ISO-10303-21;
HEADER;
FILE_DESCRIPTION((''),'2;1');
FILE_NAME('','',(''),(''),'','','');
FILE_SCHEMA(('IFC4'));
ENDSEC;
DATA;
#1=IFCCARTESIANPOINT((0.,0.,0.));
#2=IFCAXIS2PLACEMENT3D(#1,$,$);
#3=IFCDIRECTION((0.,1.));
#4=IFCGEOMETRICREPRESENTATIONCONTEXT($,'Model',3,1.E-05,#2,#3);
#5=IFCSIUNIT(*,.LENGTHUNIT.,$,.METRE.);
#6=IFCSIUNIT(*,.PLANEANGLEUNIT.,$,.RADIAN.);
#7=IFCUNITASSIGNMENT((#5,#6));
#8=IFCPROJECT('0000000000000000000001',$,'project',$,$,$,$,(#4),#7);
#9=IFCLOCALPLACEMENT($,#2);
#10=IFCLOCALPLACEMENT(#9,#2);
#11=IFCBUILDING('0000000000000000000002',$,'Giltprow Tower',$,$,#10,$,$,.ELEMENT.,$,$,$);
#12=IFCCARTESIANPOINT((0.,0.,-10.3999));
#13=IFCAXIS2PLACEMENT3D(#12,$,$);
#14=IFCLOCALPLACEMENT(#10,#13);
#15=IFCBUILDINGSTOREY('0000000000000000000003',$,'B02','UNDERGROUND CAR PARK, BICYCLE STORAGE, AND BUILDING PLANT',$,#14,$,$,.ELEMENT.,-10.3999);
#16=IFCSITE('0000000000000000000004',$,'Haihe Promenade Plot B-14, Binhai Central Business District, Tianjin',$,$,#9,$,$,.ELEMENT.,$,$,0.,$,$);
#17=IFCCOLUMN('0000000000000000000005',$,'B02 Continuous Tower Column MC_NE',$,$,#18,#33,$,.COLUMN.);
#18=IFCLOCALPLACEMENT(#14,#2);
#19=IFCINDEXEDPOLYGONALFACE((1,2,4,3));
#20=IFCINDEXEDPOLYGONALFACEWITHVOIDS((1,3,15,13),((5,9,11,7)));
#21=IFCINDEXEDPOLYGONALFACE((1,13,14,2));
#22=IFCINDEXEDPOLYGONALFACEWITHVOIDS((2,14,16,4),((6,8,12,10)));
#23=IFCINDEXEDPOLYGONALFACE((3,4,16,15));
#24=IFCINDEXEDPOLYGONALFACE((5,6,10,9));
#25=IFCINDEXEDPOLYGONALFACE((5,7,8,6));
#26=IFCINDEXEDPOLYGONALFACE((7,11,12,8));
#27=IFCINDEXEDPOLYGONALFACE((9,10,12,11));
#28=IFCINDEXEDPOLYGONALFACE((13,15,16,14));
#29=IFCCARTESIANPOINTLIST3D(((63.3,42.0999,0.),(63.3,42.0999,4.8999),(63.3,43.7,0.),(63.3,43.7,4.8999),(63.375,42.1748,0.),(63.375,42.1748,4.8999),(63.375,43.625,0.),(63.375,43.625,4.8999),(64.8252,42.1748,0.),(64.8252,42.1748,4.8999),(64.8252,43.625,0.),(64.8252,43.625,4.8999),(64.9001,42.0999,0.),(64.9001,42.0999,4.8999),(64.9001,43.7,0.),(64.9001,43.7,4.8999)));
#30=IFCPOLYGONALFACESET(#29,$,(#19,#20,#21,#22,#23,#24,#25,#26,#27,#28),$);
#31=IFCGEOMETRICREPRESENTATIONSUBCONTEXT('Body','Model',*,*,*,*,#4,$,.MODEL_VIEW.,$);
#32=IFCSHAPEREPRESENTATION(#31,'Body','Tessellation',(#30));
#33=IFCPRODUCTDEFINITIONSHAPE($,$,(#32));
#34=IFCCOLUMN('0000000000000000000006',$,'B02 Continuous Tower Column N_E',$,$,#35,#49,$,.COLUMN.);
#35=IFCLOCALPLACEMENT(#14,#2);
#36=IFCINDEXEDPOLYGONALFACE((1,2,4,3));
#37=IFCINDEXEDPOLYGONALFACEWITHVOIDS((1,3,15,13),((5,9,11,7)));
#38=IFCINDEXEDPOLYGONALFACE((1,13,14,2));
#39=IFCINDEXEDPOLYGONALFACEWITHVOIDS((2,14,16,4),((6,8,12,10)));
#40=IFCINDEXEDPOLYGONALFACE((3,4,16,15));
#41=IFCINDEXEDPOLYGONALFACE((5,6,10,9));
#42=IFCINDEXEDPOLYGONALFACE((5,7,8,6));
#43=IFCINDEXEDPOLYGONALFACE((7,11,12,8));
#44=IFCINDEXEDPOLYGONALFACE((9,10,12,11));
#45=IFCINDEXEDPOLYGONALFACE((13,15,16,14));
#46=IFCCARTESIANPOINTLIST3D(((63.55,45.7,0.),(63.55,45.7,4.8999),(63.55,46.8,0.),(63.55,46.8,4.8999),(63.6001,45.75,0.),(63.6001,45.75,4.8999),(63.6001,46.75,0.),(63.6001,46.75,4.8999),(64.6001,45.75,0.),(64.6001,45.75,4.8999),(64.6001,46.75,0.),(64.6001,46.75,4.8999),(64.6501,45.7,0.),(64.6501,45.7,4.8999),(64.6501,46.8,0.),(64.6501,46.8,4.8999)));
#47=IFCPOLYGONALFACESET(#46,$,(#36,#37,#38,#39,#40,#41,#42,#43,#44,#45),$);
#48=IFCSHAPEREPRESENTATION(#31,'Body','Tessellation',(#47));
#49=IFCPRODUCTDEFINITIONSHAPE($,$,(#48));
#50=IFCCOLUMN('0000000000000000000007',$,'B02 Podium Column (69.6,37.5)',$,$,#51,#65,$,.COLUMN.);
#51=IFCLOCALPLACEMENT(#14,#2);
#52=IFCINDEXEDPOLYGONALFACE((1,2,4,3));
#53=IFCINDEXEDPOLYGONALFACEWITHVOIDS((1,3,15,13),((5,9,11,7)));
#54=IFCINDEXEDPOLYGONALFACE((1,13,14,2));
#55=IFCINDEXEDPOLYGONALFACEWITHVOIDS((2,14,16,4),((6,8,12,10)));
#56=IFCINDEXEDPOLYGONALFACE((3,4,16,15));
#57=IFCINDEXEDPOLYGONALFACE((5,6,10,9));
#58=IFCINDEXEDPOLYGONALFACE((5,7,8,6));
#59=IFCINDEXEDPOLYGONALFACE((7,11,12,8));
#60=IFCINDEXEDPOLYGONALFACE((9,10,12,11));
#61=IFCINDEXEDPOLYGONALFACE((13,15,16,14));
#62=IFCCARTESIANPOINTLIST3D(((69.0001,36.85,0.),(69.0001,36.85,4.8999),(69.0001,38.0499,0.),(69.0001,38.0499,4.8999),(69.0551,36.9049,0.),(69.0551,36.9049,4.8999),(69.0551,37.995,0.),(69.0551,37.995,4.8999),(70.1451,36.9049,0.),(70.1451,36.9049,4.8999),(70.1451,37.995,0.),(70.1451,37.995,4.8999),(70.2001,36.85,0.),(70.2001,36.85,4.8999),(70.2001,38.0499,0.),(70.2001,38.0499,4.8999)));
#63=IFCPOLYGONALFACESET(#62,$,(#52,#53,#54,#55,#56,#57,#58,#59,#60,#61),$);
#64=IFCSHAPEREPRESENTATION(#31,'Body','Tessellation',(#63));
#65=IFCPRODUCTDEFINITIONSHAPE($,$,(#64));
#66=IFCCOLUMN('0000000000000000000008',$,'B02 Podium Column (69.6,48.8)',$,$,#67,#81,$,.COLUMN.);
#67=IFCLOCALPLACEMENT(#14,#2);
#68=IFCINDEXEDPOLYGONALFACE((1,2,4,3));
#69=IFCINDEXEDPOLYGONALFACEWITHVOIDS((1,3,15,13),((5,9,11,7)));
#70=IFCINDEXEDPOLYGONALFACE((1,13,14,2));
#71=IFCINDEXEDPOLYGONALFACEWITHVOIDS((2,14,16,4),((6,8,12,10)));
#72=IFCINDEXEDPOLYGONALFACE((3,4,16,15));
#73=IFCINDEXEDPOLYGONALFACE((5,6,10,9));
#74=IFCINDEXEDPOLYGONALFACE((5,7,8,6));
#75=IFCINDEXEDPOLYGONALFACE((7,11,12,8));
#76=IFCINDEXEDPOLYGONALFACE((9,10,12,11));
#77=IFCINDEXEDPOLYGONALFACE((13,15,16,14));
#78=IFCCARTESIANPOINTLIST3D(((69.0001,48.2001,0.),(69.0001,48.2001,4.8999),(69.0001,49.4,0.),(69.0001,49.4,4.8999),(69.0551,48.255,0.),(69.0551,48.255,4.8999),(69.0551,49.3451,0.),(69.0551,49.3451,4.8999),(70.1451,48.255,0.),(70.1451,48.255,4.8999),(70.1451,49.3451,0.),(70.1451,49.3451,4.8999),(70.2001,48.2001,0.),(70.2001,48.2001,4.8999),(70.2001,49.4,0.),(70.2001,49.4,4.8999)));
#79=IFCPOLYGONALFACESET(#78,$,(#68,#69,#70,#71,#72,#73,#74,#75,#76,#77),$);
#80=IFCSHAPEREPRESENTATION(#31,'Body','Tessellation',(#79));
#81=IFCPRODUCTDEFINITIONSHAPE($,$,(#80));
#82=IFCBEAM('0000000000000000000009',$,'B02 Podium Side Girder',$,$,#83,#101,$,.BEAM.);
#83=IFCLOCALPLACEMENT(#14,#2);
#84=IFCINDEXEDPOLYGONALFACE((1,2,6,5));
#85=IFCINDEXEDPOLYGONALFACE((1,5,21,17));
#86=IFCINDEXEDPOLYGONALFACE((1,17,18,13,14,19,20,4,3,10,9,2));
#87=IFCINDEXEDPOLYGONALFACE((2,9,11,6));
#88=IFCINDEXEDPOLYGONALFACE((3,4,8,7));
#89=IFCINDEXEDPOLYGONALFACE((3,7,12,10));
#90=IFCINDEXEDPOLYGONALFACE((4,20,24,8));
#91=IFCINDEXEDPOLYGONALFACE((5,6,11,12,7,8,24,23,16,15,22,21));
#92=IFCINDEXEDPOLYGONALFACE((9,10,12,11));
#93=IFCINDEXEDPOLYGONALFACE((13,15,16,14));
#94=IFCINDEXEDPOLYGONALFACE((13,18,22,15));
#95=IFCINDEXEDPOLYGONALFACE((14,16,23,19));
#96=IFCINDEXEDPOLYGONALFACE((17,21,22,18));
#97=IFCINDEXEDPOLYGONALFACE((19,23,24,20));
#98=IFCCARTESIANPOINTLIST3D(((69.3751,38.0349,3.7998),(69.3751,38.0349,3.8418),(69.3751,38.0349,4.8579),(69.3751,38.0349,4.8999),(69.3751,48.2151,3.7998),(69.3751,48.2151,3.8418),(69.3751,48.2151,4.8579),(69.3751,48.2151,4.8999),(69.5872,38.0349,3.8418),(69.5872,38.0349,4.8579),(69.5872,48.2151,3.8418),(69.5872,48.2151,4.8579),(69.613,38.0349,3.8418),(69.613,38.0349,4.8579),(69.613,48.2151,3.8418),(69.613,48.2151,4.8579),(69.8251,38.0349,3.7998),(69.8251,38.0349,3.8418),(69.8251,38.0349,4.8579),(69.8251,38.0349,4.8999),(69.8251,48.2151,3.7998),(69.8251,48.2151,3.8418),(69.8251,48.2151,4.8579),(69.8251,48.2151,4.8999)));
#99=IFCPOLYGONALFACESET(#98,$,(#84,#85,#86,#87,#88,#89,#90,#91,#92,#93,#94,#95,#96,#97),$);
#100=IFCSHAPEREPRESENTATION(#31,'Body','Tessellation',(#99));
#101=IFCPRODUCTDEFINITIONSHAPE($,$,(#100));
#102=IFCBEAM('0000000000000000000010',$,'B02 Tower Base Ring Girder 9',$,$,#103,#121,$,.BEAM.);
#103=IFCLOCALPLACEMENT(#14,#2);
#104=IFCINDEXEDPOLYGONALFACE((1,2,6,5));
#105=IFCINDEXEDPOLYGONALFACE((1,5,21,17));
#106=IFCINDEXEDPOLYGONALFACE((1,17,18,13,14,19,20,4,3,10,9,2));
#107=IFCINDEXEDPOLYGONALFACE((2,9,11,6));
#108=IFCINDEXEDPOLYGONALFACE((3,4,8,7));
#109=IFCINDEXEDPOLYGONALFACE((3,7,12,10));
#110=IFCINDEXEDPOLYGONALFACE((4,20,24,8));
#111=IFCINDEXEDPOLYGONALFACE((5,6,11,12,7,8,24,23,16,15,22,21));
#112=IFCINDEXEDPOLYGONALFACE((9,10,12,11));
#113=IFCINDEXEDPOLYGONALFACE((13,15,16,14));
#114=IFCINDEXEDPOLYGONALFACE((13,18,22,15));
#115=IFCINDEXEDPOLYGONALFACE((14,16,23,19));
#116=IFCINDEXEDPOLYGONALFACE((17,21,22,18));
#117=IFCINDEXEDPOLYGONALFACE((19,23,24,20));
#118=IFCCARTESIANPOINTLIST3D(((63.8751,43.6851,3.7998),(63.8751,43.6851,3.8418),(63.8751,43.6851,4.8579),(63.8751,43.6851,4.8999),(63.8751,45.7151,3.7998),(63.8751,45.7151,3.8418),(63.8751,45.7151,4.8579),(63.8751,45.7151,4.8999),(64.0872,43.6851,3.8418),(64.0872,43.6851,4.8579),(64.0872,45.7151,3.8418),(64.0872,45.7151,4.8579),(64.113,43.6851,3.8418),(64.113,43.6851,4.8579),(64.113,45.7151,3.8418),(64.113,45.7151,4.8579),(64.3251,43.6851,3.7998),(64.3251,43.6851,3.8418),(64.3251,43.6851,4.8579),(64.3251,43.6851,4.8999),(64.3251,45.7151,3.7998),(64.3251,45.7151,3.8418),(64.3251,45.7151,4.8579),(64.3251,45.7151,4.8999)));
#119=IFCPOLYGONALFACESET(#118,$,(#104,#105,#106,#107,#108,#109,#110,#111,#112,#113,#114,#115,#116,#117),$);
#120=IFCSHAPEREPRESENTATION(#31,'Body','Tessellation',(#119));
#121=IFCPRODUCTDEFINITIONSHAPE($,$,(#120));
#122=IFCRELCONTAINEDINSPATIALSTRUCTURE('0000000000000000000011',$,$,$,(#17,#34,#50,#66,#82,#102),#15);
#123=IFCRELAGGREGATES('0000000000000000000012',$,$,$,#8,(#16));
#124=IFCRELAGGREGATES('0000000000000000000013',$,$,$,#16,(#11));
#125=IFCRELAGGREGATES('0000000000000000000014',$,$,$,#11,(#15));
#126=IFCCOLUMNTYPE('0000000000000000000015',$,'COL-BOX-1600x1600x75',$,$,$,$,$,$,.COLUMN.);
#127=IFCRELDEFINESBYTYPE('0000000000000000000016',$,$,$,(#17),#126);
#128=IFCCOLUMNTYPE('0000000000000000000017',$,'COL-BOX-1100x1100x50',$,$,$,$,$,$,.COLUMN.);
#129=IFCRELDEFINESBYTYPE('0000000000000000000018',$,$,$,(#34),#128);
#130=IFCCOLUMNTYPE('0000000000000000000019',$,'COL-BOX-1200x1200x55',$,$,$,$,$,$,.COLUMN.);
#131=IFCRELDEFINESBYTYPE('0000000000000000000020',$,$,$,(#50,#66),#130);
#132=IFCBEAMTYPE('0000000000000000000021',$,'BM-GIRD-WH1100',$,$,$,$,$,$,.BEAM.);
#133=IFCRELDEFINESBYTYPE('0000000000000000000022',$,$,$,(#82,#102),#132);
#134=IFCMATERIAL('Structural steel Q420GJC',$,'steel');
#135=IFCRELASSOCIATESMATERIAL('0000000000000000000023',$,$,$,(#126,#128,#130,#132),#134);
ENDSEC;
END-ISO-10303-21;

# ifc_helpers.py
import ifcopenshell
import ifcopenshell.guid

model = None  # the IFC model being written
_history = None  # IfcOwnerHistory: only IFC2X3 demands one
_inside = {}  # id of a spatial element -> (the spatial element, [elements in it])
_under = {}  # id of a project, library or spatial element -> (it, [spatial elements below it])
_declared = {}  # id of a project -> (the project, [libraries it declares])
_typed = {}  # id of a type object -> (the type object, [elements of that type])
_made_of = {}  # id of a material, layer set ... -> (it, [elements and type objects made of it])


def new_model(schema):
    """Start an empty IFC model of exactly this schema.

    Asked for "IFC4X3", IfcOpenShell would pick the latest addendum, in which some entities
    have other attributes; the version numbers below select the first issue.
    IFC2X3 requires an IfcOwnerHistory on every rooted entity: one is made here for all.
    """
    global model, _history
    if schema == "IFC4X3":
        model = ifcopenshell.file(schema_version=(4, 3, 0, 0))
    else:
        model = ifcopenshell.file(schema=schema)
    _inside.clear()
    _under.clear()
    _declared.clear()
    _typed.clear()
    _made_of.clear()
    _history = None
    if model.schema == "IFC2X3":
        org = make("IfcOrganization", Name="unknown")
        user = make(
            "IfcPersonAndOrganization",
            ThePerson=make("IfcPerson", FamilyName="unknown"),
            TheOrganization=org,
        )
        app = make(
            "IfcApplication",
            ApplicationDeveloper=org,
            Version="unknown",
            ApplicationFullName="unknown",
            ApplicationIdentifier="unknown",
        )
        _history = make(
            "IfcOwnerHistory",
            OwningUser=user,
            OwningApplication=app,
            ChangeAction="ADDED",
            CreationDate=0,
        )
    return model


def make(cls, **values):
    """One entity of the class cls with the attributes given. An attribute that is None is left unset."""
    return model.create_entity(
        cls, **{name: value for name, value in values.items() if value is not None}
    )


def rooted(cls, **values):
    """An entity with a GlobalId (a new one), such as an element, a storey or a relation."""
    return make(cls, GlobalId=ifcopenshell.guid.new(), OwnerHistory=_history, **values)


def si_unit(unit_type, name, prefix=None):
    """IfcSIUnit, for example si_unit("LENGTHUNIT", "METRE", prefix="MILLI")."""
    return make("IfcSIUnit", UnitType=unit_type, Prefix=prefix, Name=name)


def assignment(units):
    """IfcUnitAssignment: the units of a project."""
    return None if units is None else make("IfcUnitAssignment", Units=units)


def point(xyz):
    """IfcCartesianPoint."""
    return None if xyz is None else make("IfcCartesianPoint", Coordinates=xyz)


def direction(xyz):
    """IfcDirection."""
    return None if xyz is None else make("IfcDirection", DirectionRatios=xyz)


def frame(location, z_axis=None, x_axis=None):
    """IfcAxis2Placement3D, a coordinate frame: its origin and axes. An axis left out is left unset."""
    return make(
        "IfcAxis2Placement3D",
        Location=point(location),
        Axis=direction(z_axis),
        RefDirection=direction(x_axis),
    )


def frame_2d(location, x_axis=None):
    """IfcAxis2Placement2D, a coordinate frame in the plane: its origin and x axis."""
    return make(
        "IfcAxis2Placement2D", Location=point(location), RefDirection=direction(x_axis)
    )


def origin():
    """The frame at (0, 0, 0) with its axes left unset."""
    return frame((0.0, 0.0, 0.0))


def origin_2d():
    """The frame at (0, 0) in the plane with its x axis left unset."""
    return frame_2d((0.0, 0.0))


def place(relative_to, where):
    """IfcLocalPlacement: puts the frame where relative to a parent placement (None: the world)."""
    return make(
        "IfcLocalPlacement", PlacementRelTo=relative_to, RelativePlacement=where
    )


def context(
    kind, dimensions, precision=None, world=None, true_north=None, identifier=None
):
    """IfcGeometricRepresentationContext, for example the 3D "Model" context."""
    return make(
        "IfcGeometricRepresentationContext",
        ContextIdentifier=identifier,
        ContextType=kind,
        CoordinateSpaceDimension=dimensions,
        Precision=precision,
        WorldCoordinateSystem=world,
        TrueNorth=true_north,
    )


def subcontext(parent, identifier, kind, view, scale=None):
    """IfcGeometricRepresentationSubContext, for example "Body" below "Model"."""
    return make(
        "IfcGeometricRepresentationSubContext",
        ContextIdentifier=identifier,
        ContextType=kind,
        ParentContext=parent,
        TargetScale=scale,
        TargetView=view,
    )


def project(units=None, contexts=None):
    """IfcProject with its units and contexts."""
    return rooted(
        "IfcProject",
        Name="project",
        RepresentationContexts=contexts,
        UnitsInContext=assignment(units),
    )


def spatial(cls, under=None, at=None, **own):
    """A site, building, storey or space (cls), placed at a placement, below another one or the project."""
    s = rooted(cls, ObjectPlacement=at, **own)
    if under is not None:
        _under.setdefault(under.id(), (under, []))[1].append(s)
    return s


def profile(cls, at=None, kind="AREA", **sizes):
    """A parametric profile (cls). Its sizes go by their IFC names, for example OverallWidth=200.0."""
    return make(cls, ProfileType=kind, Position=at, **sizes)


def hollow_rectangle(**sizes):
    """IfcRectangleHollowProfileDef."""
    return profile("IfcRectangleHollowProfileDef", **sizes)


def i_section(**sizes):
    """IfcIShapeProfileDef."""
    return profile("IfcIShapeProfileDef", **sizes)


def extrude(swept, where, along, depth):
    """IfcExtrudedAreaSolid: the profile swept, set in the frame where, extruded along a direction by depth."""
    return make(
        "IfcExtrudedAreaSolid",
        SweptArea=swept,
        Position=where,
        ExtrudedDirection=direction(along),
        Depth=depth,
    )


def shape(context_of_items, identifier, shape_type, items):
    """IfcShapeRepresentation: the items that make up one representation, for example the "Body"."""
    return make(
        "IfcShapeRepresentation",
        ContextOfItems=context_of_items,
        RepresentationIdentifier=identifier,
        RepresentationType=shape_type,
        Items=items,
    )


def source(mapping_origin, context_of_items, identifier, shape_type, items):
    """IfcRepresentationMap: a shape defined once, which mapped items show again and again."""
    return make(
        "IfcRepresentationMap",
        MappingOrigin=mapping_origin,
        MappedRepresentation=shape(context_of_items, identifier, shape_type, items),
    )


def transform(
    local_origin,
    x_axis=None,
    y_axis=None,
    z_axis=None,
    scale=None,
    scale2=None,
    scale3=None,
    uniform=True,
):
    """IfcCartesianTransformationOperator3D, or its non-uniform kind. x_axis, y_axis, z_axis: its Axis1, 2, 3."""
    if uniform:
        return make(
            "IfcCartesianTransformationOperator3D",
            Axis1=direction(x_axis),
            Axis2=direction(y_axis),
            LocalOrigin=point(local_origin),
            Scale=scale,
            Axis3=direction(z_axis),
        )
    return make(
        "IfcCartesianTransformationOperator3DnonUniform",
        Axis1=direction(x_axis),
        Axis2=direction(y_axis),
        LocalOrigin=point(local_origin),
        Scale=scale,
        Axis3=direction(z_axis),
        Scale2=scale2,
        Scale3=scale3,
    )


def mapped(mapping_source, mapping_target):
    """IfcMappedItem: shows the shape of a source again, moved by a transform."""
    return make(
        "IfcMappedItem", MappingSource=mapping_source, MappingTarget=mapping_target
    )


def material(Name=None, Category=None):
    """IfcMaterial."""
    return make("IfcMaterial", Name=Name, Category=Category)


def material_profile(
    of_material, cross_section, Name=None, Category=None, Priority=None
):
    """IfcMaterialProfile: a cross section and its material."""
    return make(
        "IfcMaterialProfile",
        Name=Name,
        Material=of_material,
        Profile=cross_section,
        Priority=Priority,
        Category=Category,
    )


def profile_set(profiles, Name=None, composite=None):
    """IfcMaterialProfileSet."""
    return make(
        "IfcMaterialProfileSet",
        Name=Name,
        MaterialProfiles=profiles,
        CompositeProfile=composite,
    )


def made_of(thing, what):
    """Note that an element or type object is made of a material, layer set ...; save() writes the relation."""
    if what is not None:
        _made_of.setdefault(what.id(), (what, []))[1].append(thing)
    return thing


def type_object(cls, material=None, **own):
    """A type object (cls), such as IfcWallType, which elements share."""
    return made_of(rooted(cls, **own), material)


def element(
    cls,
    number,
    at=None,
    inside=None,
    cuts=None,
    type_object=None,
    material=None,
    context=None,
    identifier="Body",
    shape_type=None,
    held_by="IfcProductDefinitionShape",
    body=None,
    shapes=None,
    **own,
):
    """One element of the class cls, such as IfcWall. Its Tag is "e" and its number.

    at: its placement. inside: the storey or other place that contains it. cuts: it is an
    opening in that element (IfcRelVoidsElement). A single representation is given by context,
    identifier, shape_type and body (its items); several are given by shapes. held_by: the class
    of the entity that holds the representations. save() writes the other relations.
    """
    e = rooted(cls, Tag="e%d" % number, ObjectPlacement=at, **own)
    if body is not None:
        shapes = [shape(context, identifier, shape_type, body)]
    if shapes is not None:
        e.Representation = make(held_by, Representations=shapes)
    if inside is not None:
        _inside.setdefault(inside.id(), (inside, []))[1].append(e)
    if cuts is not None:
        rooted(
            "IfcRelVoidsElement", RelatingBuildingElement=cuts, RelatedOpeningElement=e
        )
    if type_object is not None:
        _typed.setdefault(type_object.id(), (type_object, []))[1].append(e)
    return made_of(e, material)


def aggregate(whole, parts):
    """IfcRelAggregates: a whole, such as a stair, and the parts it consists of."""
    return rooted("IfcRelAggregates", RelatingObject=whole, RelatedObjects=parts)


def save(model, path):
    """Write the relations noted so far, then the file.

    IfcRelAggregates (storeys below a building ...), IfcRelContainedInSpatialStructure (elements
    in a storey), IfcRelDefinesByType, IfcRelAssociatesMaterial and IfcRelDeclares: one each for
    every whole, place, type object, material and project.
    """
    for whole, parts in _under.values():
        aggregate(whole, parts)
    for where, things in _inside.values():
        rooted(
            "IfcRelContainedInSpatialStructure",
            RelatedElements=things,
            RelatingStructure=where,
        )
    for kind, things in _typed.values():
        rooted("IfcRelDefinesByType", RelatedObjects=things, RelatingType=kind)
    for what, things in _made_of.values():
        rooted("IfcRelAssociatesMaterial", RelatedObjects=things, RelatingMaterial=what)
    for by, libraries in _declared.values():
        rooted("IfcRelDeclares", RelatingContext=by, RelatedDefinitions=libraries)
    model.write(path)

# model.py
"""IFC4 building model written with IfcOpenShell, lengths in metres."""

from ifc_helpers import new_model, si_unit, direction, frame, origin, origin_2d, place, context, subcontext, project, spatial, hollow_rectangle, i_section, extrude, source, transform, mapped, material, material_profile, profile_set, type_object, element, save


model = new_model("IFC4")

# Units and contexts
model_context = context("Model", 3, precision=1e-05, world=origin(), true_north=direction((0.0, 1.0)))
body_context = subcontext(model_context, "Body", "Model", "MODEL_VIEW")
ifc_project = project(units=[si_unit("LENGTHUNIT", "METRE"), si_unit("PLANEANGLEUNIT", "RADIAN")], contexts=[model_context])

# Site, building, storey
site_placement = place(None, origin())
site = spatial("IfcSite", under=ifc_project, at=site_placement, Name="Haihe Promenade Plot B-14, Binhai Central Business District, Tianjin", CompositionType="ELEMENT", RefElevation=0.0)
building_placement = place(site_placement, origin())
building = spatial("IfcBuilding", under=site, at=building_placement, Name="Giltprow Tower", CompositionType="ELEMENT")
storey_placement = place(building_placement, frame((0.0, 0.0, -10.3999)))
storey = spatial("IfcBuildingStorey", under=building, at=storey_placement, Name="B02", Description="UNDERGROUND CAR PARK, BICYCLE STORAGE, AND BUILDING PLANT", CompositionType="ELEMENT", Elevation=-10.3999)

# Columns
ifc_material_1 = material(Name="Structural steel Q420GJC", Category="steel")
ifc_material_profile_1 = material_profile(ifc_material_1, hollow_rectangle(XDim=1.6001, YDim=1.6001, WallThickness=0.075, at=origin_2d()), Name="BOX 1600x1600x75")
ifc_profile_set_1 = profile_set([ifc_material_profile_1], Name="Structural steel Q420GJC")
column_type_1 = type_object("IfcColumnType", Name="COL-BOX-1600x1600x75", PredefinedType="COLUMN", material=ifc_profile_set_1)
shared_shape_1 = source(origin(), body_context, "Body", "SweptSolid", [
    extrude(hollow_rectangle(XDim=1.6001, YDim=1.6001, WallThickness=0.075, at=origin_2d()), origin(), (0.0, 0.0, 1.0), 4.8999),
])
column_1_placement = place(storey_placement, frame((64.1001, 42.8999, 0.0), z_axis=(0.0, 0.0, 1.0), x_axis=(1.0, 0.0, 0.0)))
element("IfcColumn", 1, at=column_1_placement, inside=storey, type_object=column_type_1, Name="B02 Continuous Tower Column MC_NE", PredefinedType="COLUMN", context=body_context, shape_type="MappedRepresentation", body=[
    mapped(shared_shape_1, transform((0.0, 0.0, 0.0), x_axis=(1.0, 0.0, 0.0), y_axis=(0.0, 1.0, 0.0), z_axis=(0.0, 0.0, 1.0), scale=1.0)),
])
ifc_material_profile_2 = material_profile(ifc_material_1, hollow_rectangle(XDim=1.1001, YDim=1.1001, WallThickness=0.05, at=origin_2d()), Name="BOX 1100x1100x50")
ifc_profile_set_2 = profile_set([ifc_material_profile_2], Name="Structural steel Q420GJC")
column_type_2 = type_object("IfcColumnType", Name="COL-BOX-1100x1100x50", PredefinedType="COLUMN", material=ifc_profile_set_2)
shared_shape_2 = source(origin(), body_context, "Body", "SweptSolid", [
    extrude(hollow_rectangle(XDim=1.1001, YDim=1.1001, WallThickness=0.05, at=origin_2d()), origin(), (0.0, 0.0, 1.0), 4.8999),
])
column_2_placement = place(storey_placement, frame((64.1001, 46.25, 0.0), z_axis=(0.0, 0.0, 1.0), x_axis=(1.0, 0.0, 0.0)))
element("IfcColumn", 2, at=column_2_placement, inside=storey, type_object=column_type_2, Name="B02 Continuous Tower Column N_E", PredefinedType="COLUMN", context=body_context, shape_type="MappedRepresentation", body=[
    mapped(shared_shape_2, transform((0.0, 0.0, 0.0), x_axis=(1.0, 0.0, 0.0), y_axis=(0.0, 1.0, 0.0), z_axis=(0.0, 0.0, 1.0), scale=1.0)),
])
ifc_material_profile_3 = material_profile(ifc_material_1, hollow_rectangle(XDim=1.2, YDim=1.2, WallThickness=0.0549, at=origin_2d()), Name="BOX 1200x1200x55")
ifc_profile_set_3 = profile_set([ifc_material_profile_3], Name="Structural steel Q420GJC")
column_type_3 = type_object("IfcColumnType", Name="COL-BOX-1200x1200x55", PredefinedType="COLUMN", material=ifc_profile_set_3)
shared_shape_3 = source(origin(), body_context, "Body", "SweptSolid", [
    extrude(hollow_rectangle(XDim=1.2, YDim=1.2, WallThickness=0.0549, at=origin_2d()), origin(), (0.0, 0.0, 1.0), 4.8999),
])
for number, where, z_axis, x_axis, name in (
    (3, (69.6001, 37.45, 0.0), (0.0, 0.0, 1.0), (1.0, 0.0, 0.0), "B02 Podium Column (69.6,37.5)"),
    (4, (69.6001, 48.8, 0.0), (0.0, 0.0, 1.0), (1.0, 0.0, 0.0), "B02 Podium Column (69.6,48.8)"),
):
    element("IfcColumn", number, at=place(storey_placement, frame(where, z_axis=z_axis, x_axis=x_axis)), inside=storey, type_object=column_type_3, Name=name, PredefinedType="COLUMN", context=body_context, shape_type="MappedRepresentation", body=[
        mapped(shared_shape_3, transform((0.0, 0.0, 0.0), x_axis=(1.0, 0.0, 0.0), y_axis=(0.0, 1.0, 0.0), z_axis=(0.0, 0.0, 1.0), scale=1.0)),
    ])

# Beams
ifc_material_profile_4 = material_profile(ifc_material_1, i_section(OverallWidth=0.45, OverallDepth=1.1001, WebThickness=0.0259, FlangeThickness=0.042, at=origin_2d()), Name="WH 1100x450x26x42")
ifc_profile_set_4 = profile_set([ifc_material_profile_4], Name="Structural steel Q420GJC")
beam_type = type_object("IfcBeamType", Name="BM-GIRD-WH1100", PredefinedType="BEAM", material=ifc_profile_set_4)
shared_shape_4 = source(origin(), body_context, "Body", "SweptSolid", [
    extrude(i_section(OverallWidth=0.45, OverallDepth=1.1001, WebThickness=0.0259, FlangeThickness=0.042, at=origin_2d()), origin(), (0.0, 0.0, 1.0), 10.1802),
])
beam_1_placement = place(storey_placement, frame((69.6001, 38.0349, 4.3499), z_axis=(0.0, 1.0, 0.0), x_axis=(-1.0, 0.0, 0.0)))
element("IfcBeam", 5, at=beam_1_placement, inside=storey, type_object=beam_type, Name="B02 Podium Side Girder", PredefinedType="BEAM", context=body_context, shape_type="MappedRepresentation", body=[
    mapped(shared_shape_4, transform((0.0, 0.0, 0.0), x_axis=(1.0, 0.0, 0.0), y_axis=(0.0, 1.0, 0.0), z_axis=(0.0, 0.0, 1.0), scale=1.0)),
])
shared_shape_5 = source(origin(), body_context, "Body", "SweptSolid", [
    extrude(i_section(OverallWidth=0.45, OverallDepth=1.1001, WebThickness=0.0259, FlangeThickness=0.042, at=origin_2d()), origin(), (0.0, 0.0, 1.0), 2.03),
])
beam_2_placement = place(storey_placement, frame((64.1001, 43.6851, 4.3499), z_axis=(0.0, 1.0, 0.0), x_axis=(-1.0, 0.0, 0.0)))
element("IfcBeam", 6, at=beam_2_placement, inside=storey, type_object=beam_type, Name="B02 Tower Base Ring Girder 9", PredefinedType="BEAM", context=body_context, shape_type="MappedRepresentation", body=[
    mapped(shared_shape_5, transform((0.0, 0.0, 0.0), x_axis=(1.0, 0.0, 0.0), y_axis=(0.0, 1.0, 0.0), z_axis=(0.0, 0.0, 1.0), scale=1.0)),
])

save(model, "model.ifc")
